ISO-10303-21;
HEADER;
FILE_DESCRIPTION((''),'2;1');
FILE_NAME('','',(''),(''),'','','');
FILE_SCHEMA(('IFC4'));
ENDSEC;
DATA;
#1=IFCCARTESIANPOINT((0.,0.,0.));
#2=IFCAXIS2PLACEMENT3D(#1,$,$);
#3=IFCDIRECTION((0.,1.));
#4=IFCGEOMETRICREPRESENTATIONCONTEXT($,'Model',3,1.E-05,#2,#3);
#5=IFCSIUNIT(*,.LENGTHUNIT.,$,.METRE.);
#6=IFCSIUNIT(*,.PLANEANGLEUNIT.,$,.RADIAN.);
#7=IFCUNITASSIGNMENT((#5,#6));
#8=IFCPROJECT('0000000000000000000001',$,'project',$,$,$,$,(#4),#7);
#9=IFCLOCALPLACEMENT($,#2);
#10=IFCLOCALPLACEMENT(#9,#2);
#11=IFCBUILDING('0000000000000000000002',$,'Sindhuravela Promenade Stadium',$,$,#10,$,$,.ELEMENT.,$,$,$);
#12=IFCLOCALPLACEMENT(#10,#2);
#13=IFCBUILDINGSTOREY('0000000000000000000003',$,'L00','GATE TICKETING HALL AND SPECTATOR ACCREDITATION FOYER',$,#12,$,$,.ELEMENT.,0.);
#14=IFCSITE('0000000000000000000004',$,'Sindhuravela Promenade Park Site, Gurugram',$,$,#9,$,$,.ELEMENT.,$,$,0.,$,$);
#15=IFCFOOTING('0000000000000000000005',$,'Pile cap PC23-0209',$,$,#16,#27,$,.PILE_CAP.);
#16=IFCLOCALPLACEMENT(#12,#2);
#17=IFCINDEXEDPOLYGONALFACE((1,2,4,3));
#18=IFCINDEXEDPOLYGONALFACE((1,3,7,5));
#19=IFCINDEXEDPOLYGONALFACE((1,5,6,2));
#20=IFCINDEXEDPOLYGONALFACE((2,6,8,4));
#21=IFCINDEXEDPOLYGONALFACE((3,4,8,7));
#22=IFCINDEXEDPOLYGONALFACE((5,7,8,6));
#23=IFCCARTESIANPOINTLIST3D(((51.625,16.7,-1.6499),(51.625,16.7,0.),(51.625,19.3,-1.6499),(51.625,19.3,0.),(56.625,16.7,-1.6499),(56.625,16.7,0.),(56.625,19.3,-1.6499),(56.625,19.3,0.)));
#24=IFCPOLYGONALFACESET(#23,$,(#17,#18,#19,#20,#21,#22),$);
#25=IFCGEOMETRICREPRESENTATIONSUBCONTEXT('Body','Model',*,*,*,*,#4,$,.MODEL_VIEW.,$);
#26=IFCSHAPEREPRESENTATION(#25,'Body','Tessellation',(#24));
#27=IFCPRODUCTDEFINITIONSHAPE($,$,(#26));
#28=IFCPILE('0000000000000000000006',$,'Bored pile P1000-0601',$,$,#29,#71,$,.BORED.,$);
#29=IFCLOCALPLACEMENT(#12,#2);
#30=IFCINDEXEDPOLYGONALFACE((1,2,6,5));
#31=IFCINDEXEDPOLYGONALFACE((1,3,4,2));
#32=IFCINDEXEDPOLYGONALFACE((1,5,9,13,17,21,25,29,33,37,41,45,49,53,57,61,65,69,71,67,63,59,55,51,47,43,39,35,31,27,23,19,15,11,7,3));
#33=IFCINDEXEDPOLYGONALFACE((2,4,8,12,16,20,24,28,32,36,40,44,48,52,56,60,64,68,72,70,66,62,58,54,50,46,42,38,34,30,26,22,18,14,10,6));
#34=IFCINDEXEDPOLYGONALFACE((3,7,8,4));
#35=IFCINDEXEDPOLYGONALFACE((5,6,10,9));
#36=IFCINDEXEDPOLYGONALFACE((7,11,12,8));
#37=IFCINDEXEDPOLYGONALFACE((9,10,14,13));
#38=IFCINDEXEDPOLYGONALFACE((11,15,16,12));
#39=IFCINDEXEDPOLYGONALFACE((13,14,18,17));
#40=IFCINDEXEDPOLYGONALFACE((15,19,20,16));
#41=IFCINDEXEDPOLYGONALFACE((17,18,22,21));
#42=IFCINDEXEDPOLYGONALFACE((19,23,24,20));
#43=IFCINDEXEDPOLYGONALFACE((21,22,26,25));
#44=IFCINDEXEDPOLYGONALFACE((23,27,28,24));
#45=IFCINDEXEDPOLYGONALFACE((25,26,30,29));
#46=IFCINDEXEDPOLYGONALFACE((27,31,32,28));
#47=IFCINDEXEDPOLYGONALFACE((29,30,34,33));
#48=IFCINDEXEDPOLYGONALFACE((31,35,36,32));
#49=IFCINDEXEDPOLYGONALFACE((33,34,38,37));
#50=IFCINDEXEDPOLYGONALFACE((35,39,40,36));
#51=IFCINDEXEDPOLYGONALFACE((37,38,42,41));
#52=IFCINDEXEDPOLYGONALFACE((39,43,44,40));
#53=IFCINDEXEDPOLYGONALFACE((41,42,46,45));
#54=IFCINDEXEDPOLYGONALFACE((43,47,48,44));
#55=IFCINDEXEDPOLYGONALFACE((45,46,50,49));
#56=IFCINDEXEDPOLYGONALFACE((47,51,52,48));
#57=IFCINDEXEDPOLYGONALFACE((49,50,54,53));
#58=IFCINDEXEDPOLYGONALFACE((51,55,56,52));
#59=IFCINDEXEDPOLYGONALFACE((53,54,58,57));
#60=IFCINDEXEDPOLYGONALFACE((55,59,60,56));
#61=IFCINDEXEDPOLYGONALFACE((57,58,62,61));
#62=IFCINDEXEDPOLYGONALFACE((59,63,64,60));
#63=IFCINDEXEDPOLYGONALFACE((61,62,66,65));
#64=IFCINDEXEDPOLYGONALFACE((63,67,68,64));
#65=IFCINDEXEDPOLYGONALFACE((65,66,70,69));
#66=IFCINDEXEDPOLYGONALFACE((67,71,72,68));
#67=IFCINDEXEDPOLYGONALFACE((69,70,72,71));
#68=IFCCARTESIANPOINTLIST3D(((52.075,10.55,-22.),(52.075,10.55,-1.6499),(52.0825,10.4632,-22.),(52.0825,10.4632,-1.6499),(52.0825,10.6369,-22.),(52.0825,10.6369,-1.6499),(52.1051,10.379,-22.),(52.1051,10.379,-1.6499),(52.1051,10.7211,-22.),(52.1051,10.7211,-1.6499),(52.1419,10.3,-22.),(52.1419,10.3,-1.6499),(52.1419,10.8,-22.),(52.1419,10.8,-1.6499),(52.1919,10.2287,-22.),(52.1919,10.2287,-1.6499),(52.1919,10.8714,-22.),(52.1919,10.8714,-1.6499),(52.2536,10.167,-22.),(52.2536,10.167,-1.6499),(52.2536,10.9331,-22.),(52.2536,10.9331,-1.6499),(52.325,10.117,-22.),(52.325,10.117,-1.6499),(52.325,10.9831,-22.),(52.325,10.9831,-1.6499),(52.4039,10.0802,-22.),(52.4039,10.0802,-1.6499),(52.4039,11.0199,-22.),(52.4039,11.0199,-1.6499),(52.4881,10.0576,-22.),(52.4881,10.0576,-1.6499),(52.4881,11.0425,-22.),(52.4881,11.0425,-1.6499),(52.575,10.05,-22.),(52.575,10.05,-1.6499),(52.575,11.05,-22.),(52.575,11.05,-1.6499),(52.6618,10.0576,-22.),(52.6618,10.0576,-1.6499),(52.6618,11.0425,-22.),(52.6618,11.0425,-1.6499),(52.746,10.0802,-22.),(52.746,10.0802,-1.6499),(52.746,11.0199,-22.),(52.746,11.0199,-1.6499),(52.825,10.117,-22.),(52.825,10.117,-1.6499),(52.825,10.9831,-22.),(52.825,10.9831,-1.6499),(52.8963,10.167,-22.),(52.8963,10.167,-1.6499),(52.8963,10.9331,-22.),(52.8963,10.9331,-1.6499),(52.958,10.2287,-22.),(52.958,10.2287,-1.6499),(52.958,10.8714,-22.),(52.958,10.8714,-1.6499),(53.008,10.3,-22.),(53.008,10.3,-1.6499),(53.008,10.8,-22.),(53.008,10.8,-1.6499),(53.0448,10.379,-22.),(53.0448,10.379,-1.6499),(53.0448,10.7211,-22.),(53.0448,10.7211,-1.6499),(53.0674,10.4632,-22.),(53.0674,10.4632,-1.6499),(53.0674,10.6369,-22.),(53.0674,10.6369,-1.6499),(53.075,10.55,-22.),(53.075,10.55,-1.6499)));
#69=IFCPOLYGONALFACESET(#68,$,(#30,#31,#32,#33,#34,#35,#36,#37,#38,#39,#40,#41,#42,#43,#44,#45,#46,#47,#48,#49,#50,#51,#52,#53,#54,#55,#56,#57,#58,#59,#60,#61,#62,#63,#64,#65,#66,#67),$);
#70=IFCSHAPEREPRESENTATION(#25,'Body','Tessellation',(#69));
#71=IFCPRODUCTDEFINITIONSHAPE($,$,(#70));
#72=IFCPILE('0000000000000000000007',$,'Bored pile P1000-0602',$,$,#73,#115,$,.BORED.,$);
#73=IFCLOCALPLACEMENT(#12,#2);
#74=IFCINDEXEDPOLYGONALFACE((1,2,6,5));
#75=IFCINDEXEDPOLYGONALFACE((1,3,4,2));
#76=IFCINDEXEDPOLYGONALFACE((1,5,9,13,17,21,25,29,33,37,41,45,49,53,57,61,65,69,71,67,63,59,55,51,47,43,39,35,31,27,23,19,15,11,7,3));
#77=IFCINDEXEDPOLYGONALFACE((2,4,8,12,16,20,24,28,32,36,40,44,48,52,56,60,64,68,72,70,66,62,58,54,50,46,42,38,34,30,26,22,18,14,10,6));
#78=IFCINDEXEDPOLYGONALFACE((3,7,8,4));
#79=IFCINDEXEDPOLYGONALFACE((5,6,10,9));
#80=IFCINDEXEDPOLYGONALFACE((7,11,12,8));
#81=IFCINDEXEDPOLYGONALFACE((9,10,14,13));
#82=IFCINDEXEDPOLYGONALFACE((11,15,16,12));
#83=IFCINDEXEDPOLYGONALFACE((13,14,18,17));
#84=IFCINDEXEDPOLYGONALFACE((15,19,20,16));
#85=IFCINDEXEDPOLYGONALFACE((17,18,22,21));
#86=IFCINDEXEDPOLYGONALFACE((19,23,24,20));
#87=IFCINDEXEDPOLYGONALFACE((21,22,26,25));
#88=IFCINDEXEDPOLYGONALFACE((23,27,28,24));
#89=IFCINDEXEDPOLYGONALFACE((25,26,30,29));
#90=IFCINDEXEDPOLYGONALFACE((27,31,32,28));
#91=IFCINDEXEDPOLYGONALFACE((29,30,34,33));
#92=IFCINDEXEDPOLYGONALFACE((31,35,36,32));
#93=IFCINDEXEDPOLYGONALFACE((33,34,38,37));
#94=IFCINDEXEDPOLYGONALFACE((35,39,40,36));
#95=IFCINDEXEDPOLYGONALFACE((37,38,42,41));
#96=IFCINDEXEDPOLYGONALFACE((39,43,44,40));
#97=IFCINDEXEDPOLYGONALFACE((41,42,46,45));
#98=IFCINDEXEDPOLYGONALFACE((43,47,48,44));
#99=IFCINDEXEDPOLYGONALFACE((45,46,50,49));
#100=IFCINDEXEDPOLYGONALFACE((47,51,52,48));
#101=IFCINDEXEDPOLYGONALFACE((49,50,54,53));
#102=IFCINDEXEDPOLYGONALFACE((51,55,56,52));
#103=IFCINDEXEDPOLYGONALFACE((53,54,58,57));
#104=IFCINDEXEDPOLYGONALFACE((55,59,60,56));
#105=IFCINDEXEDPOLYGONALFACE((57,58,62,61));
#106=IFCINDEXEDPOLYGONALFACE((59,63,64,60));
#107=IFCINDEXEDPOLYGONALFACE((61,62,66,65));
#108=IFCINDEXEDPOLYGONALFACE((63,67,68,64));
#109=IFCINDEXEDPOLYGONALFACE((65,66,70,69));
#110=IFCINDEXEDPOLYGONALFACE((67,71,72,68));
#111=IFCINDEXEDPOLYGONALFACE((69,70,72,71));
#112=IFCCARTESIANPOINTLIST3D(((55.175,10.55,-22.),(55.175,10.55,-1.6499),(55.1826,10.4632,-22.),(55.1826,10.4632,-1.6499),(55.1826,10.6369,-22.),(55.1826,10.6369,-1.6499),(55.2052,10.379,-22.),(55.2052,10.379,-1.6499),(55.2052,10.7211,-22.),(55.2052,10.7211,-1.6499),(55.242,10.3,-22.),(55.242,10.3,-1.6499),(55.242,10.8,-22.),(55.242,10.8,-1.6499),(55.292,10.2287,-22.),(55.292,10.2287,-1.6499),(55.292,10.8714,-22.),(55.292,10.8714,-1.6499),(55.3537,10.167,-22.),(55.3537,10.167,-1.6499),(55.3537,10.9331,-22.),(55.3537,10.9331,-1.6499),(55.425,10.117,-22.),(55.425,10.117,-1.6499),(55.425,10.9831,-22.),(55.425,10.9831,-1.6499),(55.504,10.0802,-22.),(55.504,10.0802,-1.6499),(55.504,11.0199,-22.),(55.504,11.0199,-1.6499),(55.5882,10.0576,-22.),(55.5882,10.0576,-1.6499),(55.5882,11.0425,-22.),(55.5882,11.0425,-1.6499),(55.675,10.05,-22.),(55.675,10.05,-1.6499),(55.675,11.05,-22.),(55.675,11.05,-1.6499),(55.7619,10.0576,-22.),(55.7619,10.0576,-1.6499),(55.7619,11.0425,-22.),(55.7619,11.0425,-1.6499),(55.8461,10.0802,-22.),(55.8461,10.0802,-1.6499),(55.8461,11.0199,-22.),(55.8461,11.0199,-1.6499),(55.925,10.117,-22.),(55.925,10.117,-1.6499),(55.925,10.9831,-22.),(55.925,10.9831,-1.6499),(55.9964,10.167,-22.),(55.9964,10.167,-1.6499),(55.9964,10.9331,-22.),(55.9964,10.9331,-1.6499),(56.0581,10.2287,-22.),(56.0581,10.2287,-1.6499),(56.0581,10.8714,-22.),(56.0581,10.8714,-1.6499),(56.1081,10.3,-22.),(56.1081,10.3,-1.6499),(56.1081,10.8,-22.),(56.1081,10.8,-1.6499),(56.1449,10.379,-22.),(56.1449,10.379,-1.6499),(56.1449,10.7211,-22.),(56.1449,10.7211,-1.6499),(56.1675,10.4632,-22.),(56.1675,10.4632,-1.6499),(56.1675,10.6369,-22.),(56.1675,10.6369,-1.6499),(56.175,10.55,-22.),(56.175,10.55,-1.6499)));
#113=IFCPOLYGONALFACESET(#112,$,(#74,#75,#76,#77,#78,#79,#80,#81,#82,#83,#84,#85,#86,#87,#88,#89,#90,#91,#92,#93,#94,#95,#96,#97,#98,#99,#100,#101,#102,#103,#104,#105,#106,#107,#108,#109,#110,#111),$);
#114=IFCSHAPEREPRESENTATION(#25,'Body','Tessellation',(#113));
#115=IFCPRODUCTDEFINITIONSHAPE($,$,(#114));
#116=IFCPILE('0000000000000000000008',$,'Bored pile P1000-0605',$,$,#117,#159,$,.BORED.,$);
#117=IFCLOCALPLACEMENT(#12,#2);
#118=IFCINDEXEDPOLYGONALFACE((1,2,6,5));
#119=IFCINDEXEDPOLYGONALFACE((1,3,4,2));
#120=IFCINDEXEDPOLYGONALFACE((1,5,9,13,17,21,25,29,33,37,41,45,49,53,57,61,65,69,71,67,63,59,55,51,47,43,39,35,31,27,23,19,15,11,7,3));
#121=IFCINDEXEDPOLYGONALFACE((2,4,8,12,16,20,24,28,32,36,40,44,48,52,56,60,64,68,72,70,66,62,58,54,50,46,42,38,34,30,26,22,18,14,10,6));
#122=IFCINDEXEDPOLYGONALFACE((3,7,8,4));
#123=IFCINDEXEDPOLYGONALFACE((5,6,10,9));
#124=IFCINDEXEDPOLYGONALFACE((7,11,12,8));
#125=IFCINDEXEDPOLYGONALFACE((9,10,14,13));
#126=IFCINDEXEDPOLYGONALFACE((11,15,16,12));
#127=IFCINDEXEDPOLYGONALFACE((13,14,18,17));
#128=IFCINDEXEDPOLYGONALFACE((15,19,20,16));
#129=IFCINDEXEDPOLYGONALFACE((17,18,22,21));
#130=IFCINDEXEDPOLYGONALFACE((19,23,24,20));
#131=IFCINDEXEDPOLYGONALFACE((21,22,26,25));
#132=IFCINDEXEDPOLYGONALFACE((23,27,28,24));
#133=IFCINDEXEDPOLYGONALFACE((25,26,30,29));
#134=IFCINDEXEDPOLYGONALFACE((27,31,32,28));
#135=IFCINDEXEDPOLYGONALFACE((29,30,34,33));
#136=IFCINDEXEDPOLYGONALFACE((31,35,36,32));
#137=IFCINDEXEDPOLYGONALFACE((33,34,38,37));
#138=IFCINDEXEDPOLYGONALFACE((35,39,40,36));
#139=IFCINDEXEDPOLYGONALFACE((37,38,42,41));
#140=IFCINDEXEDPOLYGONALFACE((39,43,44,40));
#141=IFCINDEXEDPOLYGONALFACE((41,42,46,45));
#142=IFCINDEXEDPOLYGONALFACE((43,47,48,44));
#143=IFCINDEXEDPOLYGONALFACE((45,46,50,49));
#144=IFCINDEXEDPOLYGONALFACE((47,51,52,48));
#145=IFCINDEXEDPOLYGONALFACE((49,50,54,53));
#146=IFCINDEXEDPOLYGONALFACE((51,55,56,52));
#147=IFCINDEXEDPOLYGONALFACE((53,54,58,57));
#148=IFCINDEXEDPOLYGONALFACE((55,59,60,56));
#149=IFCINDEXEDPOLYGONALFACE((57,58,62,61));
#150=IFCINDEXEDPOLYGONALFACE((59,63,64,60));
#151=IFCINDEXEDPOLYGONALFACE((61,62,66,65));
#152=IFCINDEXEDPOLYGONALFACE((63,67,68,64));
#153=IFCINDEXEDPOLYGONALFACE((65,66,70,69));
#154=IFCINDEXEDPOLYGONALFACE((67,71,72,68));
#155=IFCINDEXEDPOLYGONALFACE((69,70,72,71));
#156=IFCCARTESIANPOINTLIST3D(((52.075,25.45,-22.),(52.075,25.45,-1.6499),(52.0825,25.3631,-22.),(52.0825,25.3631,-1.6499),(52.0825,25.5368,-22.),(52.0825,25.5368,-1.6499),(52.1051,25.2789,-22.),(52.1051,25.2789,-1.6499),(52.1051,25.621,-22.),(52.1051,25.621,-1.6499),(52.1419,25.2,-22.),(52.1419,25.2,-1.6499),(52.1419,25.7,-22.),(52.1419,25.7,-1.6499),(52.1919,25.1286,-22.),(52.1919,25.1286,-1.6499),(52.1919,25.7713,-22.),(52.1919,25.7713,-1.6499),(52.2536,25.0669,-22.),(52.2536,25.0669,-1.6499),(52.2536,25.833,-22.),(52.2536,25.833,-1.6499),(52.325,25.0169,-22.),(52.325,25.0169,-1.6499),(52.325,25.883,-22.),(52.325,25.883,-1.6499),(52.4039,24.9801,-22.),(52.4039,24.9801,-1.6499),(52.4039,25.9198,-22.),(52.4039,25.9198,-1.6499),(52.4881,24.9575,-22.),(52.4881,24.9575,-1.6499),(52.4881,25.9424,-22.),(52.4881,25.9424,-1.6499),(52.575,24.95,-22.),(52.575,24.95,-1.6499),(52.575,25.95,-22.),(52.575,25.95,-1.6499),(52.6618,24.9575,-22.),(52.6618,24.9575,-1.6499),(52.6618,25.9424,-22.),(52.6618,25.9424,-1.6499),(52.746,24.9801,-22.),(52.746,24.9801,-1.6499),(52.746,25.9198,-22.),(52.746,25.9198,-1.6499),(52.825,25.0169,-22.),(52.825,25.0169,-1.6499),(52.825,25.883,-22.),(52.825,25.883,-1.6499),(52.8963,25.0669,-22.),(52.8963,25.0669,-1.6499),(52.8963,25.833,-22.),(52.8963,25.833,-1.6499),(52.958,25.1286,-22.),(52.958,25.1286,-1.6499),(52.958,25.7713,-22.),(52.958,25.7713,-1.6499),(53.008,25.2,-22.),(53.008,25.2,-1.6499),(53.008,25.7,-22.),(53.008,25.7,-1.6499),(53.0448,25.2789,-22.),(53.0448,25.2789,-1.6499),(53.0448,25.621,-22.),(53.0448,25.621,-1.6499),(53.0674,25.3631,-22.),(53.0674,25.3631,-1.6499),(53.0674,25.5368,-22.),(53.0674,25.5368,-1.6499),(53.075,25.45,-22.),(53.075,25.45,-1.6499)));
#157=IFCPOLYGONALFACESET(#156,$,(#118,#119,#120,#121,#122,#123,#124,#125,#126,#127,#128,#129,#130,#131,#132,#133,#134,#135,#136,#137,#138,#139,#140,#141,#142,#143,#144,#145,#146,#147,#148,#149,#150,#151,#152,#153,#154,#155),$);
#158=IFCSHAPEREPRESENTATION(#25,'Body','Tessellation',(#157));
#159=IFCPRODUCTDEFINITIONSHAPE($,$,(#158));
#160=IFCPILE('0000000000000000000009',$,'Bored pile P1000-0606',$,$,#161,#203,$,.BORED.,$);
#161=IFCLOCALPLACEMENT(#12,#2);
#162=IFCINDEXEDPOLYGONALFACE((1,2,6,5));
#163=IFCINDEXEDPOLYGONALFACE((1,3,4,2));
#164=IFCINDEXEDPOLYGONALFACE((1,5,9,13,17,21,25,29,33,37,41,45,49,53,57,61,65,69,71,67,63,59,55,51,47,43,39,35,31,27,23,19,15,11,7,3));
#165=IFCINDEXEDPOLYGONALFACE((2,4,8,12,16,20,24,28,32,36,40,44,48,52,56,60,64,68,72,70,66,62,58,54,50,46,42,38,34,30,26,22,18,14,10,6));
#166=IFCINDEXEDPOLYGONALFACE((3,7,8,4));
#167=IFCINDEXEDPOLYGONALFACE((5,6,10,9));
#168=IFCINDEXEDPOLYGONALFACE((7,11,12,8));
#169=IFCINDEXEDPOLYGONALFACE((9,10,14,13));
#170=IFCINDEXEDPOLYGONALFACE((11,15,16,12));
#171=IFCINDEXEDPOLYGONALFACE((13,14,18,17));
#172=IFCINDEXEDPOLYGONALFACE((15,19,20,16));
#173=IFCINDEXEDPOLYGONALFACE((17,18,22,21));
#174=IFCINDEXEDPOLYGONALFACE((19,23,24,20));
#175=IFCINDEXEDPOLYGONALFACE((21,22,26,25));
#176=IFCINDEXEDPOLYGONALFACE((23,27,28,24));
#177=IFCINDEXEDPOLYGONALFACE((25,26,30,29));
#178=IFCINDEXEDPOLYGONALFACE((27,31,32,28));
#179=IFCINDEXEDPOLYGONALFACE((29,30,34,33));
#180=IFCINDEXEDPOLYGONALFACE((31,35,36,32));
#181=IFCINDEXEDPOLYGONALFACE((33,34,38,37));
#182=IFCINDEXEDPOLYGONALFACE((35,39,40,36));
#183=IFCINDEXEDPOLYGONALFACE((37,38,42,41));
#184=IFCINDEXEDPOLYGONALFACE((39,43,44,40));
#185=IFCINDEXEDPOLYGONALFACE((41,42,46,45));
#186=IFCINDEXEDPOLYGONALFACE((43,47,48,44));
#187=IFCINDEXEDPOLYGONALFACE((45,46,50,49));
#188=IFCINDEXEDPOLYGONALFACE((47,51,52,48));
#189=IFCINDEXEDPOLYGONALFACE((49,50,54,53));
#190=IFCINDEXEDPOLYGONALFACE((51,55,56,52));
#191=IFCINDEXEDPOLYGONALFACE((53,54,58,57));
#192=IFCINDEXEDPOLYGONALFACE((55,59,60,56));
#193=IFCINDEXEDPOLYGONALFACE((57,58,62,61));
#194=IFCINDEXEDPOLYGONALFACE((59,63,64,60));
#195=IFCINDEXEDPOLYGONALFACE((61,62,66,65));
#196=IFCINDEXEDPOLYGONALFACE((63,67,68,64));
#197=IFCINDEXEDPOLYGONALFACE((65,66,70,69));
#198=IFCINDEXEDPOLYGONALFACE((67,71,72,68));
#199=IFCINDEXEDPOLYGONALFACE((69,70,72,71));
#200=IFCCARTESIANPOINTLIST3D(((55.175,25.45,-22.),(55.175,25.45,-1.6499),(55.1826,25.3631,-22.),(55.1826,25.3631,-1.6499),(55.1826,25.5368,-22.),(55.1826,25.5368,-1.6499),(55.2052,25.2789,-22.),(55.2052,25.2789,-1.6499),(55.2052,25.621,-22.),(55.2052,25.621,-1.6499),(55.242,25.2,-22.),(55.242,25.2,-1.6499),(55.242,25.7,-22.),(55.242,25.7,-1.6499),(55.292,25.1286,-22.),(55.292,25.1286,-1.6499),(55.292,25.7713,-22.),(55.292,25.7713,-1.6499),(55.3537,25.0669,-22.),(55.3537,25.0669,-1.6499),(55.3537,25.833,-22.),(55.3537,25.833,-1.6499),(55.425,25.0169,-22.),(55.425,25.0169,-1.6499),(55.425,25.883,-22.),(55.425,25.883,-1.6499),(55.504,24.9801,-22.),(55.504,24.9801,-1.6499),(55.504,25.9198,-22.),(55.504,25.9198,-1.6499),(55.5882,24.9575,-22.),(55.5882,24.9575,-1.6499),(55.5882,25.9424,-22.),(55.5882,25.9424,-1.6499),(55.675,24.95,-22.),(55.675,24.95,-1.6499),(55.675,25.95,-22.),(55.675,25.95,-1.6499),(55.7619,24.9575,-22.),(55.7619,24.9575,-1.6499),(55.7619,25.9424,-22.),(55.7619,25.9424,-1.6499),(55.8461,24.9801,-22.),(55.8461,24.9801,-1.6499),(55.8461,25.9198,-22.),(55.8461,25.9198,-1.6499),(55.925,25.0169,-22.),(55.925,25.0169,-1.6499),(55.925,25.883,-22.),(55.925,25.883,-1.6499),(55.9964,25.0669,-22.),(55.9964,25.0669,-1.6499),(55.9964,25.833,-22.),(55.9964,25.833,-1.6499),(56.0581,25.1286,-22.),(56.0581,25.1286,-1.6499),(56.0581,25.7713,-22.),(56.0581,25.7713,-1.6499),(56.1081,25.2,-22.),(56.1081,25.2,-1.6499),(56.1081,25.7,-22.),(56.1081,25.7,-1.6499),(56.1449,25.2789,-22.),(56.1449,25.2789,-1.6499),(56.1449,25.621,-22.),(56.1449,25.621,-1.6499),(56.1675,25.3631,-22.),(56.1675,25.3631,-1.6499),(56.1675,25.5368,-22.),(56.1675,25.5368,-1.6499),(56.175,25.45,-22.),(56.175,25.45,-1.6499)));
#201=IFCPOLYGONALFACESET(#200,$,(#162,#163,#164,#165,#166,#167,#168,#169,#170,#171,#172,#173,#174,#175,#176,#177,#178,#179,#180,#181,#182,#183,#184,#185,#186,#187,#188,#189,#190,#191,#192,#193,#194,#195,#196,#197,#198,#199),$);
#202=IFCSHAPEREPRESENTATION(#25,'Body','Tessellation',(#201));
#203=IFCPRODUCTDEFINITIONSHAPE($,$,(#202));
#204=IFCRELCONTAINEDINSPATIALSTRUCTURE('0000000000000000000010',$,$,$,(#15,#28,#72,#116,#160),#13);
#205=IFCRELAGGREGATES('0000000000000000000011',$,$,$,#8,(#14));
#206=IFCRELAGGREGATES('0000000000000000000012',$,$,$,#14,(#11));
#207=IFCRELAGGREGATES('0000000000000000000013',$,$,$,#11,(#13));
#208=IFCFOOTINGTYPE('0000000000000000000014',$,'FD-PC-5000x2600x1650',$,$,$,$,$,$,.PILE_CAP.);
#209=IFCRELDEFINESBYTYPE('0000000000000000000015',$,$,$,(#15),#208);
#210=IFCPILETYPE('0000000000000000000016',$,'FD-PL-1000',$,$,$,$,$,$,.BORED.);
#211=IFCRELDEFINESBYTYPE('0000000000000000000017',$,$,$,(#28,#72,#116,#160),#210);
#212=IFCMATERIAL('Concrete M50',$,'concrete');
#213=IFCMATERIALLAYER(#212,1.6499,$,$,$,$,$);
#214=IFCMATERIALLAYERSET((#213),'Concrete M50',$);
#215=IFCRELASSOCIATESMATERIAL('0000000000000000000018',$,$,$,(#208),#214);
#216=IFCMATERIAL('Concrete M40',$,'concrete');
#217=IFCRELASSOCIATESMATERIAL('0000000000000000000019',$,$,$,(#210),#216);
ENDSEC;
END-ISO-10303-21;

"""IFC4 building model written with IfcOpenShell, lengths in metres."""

from ifc_helpers import new_model, si_unit, direction, frame, origin, origin_2d, place, context, subcontext, project, spatial, rectangle, circle, extrude, material, layer, layer_set, material_profile, profile_set, type_object, element, save


model = new_model("IFC4")

# Units and contexts
model_context = context("Model", 3, precision=1e-05, world=origin(), true_north=direction((0.0, 1.0)))
body_context = subcontext(model_context, "Body", "Model", "MODEL_VIEW")
ifc_project = project(units=[si_unit("LENGTHUNIT", "METRE"), si_unit("PLANEANGLEUNIT", "RADIAN")], contexts=[model_context])

# Site, building, storey
site_placement = place(None, origin())
site = spatial("IfcSite", under=ifc_project, at=site_placement, Name="Sindhuravela Promenade Park Site, Gurugram", CompositionType="ELEMENT", RefElevation=0.0)
building_placement = place(site_placement, origin())
building = spatial("IfcBuilding", under=site, at=building_placement, Name="Sindhuravela Promenade Stadium", CompositionType="ELEMENT")
storey_placement = place(building_placement, origin())
storey = spatial("IfcBuildingStorey", under=building, at=storey_placement, Name="L00", Description="GATE TICKETING HALL AND SPECTATOR ACCREDITATION FOYER", CompositionType="ELEMENT", Elevation=0.0)

# Footing
ifc_material_1 = material(Name="Concrete M50", Category="concrete")
ifc_layer_1 = layer(ifc_material_1, 1.6499)
ifc_layer_set_1 = layer_set([ifc_layer_1], Name="Concrete M50")
footing_type = type_object("IfcFootingType", Name="FD-PC-5000x2600x1650", PredefinedType="PILE_CAP", material=ifc_layer_set_1)
footing_placement = place(storey_placement, frame((54.125, 18.0, -1.6499), z_axis=(0.0, 0.0, 1.0), x_axis=(1.0, 0.0, 0.0)))
element("IfcFooting", 1, at=footing_placement, inside=storey, type_object=footing_type, Name="Pile cap PC23-0209", PredefinedType="PILE_CAP", context=body_context, shape_type="SweptSolid", body=[
    extrude(rectangle(XDim=5.0, YDim=2.6001, at=origin_2d()), origin(), (0.0, 0.0, 1.0), 1.6499),
])

# Piles
ifc_material_2 = material(Name="Concrete M40", Category="concrete")
ifc_material_profile_1 = material_profile(ifc_material_2, circle(Radius=0.5, at=origin_2d()), Name="BORED PILE D1000")
ifc_profile_set_1 = profile_set([ifc_material_profile_1], Name="Concrete M40")
pile_type_1 = type_object("IfcPileType", Name="FD-PL-1000", PredefinedType="BORED", material=ifc_profile_set_1)
for number, where, z_axis, x_axis, name in (
    (2, (52.575, 10.55, -1.6499), (0.0, 0.0, -1.0), (1.0, 0.0, 0.0), "Bored pile P1000-0601"),
    (3, (55.675, 10.55, -1.6499), (0.0, 0.0, -1.0), (1.0, 0.0, 0.0), "Bored pile P1000-0602"),
    (4, (52.575, 25.45, -1.6499), (0.0, 0.0, -1.0), (1.0, 0.0, 0.0), "Bored pile P1000-0605"),
    (5, (55.675, 25.45, -1.6499), (0.0, 0.0, -1.0), (1.0, 0.0, 0.0), "Bored pile P1000-0606"),
):
    element("IfcPile", number, at=place(storey_placement, frame(where, z_axis=z_axis, x_axis=x_axis)), inside=storey, type_object=pile_type_1, Name=name, PredefinedType="BORED", context=body_context, shape_type="SweptSolid", body=[
        extrude(circle(Radius=0.5, at=origin_2d()), origin(), (0.0, 0.0, 1.0), 20.3501),
    ])

save(model, "model.ifc")
